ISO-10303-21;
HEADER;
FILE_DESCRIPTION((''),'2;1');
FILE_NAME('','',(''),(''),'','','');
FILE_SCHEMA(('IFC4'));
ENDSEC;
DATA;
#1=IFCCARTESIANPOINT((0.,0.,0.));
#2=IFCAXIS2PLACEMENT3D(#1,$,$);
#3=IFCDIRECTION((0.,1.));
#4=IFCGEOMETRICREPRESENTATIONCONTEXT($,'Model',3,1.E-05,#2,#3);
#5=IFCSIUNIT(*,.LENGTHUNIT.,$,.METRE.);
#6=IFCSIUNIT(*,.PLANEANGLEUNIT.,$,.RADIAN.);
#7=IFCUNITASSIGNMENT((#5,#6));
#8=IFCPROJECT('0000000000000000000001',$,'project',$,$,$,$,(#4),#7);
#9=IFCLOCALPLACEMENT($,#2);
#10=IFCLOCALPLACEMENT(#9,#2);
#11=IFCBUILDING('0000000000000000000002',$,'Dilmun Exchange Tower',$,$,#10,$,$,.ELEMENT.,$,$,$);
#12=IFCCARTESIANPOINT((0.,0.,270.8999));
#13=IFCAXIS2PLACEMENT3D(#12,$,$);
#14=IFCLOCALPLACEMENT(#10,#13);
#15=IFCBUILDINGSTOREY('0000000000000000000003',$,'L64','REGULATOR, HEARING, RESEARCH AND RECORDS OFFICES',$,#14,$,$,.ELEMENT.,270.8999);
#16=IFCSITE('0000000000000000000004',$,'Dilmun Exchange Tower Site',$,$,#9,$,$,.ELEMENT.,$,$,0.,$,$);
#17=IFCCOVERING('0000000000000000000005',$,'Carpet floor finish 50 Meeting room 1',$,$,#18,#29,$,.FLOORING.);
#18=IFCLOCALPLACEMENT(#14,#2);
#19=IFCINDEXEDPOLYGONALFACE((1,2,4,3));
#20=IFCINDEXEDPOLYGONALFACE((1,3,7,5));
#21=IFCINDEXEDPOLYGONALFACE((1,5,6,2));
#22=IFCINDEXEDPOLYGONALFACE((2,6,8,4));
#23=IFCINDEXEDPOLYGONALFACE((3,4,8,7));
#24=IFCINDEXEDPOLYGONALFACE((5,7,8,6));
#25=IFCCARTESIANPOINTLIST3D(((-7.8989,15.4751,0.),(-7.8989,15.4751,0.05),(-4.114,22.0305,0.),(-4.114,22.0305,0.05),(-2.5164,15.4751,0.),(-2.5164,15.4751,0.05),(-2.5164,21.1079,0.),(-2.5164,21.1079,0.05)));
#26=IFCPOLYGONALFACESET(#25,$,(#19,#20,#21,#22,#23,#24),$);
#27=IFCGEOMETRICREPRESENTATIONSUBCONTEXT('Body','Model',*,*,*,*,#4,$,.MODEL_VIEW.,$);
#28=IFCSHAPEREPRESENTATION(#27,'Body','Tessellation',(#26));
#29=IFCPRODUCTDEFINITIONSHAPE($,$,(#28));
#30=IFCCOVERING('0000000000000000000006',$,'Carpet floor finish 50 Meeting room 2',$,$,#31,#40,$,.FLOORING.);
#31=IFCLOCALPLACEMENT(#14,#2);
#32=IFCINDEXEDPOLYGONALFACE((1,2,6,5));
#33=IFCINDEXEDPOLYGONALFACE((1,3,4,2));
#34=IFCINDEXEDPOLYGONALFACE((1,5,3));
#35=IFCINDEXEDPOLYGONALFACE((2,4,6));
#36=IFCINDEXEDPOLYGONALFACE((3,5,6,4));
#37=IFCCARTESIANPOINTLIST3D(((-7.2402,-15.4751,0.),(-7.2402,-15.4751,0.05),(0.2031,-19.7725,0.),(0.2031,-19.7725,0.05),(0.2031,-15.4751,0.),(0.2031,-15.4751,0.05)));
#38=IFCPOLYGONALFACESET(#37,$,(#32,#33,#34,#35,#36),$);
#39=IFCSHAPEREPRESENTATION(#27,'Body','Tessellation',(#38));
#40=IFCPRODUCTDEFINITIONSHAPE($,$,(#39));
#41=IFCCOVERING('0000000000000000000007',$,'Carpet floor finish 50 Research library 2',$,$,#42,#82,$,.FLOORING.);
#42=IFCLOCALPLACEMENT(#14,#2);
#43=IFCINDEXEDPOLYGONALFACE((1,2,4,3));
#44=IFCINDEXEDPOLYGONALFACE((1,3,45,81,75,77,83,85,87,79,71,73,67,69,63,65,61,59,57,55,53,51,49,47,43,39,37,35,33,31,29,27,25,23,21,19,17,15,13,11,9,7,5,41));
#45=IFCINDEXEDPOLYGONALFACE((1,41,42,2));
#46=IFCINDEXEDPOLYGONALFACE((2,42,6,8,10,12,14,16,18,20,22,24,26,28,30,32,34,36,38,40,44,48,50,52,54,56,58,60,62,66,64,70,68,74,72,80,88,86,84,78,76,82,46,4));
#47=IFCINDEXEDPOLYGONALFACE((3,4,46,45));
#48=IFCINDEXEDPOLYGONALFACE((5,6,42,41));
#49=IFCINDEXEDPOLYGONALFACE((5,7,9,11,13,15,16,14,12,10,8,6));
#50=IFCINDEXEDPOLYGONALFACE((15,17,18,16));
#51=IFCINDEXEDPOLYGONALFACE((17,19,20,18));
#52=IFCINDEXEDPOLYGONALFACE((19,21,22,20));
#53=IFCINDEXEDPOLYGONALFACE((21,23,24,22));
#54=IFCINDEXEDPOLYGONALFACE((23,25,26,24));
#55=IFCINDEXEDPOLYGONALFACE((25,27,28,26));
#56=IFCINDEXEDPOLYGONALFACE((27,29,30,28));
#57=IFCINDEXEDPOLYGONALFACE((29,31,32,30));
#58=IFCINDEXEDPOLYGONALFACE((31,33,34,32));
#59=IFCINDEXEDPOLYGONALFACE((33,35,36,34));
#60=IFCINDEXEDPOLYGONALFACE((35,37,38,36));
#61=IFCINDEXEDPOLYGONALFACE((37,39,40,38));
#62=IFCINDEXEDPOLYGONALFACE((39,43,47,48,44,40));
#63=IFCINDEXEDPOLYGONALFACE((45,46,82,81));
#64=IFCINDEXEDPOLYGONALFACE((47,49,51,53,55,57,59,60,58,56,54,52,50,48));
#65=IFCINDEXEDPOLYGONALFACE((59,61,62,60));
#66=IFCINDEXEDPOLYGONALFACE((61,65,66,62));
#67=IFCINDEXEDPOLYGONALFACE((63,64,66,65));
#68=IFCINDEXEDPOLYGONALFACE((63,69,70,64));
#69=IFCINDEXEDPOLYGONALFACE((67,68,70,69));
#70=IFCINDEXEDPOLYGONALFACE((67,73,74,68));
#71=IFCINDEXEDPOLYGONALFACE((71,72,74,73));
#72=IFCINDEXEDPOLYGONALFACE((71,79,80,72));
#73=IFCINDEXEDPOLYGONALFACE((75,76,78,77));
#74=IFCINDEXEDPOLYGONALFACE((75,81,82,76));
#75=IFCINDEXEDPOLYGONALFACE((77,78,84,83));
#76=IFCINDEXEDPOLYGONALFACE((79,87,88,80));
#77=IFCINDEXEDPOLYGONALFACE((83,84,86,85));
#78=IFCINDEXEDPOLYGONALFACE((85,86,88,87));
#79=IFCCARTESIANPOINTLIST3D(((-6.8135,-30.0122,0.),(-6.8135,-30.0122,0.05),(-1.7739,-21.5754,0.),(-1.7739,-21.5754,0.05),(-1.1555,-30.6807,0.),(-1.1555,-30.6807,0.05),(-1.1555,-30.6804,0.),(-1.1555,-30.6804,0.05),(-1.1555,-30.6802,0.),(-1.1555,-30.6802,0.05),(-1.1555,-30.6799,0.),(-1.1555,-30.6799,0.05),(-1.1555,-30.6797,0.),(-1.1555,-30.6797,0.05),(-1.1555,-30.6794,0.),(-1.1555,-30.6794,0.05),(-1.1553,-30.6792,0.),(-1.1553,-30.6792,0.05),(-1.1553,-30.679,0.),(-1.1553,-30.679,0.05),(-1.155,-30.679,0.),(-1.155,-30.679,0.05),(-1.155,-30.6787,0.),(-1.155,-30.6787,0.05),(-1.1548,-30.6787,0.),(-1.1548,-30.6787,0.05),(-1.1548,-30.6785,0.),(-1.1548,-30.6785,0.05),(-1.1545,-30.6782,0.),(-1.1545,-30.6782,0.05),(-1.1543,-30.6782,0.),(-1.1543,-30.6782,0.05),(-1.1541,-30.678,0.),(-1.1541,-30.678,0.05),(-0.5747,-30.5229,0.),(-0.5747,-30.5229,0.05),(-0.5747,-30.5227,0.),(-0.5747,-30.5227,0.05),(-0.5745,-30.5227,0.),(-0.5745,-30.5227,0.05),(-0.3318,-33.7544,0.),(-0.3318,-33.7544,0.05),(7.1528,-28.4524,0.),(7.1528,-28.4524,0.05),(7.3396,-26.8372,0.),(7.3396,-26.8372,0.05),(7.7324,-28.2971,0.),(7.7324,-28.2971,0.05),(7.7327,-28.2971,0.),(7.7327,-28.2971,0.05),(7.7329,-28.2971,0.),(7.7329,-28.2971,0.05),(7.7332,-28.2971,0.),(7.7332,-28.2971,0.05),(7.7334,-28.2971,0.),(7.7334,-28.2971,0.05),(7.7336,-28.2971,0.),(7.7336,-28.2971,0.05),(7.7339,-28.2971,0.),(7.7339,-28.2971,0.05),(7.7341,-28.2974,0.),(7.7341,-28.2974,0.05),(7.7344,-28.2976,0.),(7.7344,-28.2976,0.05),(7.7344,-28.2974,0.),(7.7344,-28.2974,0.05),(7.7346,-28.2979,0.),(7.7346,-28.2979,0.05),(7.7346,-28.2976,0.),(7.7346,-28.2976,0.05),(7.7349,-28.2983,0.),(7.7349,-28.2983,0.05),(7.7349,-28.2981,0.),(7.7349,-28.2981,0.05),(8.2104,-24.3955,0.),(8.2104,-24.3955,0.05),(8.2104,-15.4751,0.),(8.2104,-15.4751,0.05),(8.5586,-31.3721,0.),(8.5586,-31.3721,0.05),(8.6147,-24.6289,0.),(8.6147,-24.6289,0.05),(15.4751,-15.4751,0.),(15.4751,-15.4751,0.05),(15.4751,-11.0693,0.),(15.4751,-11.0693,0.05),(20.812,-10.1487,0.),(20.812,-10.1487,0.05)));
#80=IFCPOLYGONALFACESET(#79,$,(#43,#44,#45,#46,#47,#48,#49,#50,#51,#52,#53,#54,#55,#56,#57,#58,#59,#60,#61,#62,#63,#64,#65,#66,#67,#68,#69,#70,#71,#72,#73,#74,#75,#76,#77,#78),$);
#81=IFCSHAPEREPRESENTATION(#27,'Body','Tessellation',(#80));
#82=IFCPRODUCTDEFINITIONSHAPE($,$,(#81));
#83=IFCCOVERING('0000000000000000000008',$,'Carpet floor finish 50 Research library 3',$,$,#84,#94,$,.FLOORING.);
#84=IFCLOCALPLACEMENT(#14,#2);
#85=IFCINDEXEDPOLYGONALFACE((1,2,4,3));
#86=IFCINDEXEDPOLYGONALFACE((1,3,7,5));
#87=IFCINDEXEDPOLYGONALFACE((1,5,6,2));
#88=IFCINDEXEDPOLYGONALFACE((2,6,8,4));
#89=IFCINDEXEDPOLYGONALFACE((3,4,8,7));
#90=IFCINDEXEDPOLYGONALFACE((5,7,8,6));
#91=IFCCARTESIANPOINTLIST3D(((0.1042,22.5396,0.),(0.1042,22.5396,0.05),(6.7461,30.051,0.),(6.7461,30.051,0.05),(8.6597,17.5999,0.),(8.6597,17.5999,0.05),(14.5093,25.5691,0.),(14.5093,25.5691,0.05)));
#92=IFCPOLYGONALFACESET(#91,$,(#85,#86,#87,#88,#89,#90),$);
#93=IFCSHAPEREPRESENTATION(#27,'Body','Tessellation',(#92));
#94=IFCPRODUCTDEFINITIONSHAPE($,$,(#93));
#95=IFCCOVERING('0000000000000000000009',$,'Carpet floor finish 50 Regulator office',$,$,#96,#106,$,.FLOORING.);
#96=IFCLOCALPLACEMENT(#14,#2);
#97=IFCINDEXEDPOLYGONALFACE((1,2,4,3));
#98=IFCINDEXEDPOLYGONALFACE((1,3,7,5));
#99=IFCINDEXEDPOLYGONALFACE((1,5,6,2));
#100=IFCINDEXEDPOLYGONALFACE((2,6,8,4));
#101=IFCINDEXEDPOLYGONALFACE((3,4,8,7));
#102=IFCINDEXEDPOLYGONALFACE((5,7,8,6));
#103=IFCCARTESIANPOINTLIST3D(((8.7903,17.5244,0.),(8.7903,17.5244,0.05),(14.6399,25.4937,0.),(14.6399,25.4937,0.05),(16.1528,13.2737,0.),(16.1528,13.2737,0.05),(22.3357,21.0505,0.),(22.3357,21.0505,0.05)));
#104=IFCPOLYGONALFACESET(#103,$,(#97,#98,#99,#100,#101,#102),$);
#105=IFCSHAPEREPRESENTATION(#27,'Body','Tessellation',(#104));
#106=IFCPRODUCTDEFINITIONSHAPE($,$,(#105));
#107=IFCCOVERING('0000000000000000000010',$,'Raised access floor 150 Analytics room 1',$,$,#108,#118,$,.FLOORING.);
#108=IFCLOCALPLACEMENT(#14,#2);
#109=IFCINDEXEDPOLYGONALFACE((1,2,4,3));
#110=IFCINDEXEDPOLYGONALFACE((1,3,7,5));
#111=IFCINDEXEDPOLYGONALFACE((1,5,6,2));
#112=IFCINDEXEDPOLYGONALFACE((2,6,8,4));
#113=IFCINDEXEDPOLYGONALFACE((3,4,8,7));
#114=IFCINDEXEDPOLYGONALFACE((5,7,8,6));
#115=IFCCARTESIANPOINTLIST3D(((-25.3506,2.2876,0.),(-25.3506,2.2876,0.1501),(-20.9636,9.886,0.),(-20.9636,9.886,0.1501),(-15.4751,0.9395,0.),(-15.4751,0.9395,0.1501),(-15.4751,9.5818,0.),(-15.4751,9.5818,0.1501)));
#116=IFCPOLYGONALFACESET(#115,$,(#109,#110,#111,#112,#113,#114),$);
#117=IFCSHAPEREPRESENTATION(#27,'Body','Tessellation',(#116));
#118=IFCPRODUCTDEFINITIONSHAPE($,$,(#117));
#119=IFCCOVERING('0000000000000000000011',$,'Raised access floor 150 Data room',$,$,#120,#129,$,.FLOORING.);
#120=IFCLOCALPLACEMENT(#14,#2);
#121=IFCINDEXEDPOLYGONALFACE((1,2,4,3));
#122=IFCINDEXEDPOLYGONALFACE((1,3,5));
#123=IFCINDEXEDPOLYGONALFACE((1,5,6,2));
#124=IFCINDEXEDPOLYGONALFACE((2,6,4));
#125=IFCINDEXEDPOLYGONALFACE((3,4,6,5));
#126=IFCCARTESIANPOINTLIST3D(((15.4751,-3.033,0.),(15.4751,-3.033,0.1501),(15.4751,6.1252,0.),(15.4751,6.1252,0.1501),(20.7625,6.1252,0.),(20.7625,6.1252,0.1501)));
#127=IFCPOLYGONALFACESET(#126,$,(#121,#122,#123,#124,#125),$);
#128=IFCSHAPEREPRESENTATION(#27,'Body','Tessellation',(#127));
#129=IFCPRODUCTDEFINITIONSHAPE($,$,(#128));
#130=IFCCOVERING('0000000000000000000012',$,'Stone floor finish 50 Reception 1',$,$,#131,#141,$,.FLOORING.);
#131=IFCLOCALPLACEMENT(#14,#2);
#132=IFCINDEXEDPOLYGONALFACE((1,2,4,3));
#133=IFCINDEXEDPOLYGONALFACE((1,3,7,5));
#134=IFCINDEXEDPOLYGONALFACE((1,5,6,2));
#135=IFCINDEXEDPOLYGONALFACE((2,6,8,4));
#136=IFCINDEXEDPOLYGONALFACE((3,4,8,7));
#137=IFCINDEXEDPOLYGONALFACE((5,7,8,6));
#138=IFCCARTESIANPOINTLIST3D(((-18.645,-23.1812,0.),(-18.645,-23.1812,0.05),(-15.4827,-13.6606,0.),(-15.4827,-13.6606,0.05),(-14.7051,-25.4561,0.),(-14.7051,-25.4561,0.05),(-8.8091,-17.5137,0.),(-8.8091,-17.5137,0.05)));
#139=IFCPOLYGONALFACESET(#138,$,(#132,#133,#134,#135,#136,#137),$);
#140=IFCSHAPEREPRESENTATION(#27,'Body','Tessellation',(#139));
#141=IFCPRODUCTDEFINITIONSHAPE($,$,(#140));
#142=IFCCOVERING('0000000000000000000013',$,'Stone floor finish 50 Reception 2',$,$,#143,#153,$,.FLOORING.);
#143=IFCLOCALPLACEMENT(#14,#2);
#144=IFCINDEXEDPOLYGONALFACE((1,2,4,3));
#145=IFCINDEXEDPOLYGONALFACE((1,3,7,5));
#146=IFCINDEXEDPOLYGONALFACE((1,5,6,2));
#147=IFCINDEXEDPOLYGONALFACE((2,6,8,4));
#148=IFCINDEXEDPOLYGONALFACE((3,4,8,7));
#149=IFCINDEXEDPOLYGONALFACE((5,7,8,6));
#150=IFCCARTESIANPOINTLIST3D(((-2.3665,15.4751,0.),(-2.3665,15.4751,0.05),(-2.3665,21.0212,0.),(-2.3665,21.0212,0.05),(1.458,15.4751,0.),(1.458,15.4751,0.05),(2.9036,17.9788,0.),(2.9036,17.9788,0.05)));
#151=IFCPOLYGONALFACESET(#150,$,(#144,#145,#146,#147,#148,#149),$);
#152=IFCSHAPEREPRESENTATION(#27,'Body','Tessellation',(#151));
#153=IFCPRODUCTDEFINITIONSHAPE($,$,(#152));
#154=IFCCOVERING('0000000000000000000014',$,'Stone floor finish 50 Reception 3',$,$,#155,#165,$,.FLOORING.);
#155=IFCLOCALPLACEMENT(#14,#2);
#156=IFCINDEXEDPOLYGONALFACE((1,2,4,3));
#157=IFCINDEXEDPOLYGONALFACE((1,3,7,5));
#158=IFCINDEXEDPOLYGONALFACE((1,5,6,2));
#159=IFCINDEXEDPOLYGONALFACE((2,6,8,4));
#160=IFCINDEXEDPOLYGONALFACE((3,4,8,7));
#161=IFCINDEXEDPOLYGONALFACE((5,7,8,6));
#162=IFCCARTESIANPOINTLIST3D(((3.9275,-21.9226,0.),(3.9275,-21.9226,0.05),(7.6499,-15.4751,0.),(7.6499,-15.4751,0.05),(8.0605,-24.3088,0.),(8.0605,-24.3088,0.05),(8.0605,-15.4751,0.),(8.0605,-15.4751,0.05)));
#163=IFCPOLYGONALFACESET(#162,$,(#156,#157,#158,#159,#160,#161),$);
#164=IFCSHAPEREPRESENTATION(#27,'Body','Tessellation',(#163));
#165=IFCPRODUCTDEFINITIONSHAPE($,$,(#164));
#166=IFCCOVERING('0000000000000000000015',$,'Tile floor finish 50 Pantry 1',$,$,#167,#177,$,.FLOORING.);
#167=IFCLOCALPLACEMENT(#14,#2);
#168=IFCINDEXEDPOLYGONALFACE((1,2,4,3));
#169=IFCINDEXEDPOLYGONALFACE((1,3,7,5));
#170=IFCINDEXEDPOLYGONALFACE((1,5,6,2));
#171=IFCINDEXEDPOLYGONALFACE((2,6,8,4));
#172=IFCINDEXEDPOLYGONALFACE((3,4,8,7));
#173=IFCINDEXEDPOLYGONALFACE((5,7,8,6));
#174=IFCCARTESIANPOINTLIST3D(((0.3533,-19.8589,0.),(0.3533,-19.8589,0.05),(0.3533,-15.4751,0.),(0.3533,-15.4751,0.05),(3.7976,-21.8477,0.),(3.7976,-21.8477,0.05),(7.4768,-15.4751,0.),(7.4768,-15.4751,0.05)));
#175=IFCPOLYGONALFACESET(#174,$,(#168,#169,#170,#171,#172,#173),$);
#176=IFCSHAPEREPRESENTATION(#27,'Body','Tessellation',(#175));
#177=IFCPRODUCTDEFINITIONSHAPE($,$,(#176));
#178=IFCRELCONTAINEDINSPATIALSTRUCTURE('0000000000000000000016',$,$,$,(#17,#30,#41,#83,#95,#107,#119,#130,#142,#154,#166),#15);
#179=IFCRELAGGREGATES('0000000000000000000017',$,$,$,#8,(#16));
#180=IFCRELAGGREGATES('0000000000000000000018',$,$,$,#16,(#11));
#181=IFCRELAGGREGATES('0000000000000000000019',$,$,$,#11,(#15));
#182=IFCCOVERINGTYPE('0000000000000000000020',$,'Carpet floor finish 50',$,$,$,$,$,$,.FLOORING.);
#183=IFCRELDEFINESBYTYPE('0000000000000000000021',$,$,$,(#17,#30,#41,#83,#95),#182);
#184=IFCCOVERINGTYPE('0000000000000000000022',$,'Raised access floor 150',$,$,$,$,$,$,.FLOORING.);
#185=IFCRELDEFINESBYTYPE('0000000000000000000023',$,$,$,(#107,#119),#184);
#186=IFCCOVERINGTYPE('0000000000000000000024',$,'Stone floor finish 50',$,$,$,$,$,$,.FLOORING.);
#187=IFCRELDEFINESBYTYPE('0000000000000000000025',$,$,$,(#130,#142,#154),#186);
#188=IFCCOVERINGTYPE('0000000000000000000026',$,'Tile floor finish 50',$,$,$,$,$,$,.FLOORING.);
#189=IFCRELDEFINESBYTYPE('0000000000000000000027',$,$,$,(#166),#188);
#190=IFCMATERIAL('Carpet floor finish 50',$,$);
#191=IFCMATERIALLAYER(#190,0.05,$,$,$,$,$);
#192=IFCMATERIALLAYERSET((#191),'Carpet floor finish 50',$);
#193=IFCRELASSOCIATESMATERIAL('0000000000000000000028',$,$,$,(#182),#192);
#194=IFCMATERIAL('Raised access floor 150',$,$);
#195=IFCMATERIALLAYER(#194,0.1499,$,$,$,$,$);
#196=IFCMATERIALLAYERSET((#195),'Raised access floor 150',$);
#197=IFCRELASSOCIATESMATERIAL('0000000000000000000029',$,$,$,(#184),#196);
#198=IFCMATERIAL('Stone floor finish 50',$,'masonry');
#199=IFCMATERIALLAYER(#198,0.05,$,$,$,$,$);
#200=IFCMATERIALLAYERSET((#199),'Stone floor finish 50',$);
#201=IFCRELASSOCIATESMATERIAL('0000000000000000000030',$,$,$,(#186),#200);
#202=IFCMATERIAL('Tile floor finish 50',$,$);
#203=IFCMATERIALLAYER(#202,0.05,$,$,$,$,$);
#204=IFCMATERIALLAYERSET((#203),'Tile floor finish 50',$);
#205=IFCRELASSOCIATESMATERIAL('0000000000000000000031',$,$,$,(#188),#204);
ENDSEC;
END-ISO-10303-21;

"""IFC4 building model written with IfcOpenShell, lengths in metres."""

from ifc_helpers import new_model, si_unit, direction, frame, origin, place, context, subcontext, project, spatial, polyline, outline, extrude, material, layer, layer_set, type_object, element, save


model = new_model("IFC4")

# Units and contexts
model_context = context("Model", 3, precision=1e-05, world=origin(), true_north=direction((0.0, 1.0)))
body_context = subcontext(model_context, "Body", "Model", "MODEL_VIEW")
ifc_project = project(units=[si_unit("LENGTHUNIT", "METRE"), si_unit("PLANEANGLEUNIT", "RADIAN")], contexts=[model_context])

# Site, building, storey
site_placement = place(None, origin())
site = spatial("IfcSite", under=ifc_project, at=site_placement, Name="Dilmun Exchange Tower Site", CompositionType="ELEMENT", RefElevation=0.0)
building_placement = place(site_placement, origin())
building = spatial("IfcBuilding", under=site, at=building_placement, Name="Dilmun Exchange Tower", CompositionType="ELEMENT")
storey_placement = place(building_placement, frame((0.0, 0.0, 270.8999)))
storey = spatial("IfcBuildingStorey", under=building, at=storey_placement, Name="L64", Description="REGULATOR, HEARING, RESEARCH AND RECORDS OFFICES", CompositionType="ELEMENT", Elevation=270.8999)

# Coverings
ifc_material_1 = material(Name="Carpet floor finish 50")
ifc_layer_1 = layer(ifc_material_1, 0.05)
ifc_layer_set_1 = layer_set([ifc_layer_1], Name="Carpet floor finish 50")
covering_type_1 = type_object("IfcCoveringType", Name="Carpet floor finish 50", PredefinedType="FLOORING", material=ifc_layer_set_1)
covering_1_placement = place(storey_placement, origin())
element("IfcCovering", 1, at=covering_1_placement, inside=storey, type_object=covering_type_1, Name="Carpet floor finish 50 Meeting room 1", PredefinedType="FLOORING", context=body_context, shape_type="SweptSolid", body=[
    extrude(outline(polyline([(-4.114, 22.0305), (-2.5164, 21.1079), (-2.5164, 15.4751), (-7.8989, 15.4751), (-4.114, 22.0305)])), origin(), (0.0, 0.0, 1.0), 0.05),
])
covering_2_placement = place(storey_placement, origin())
element("IfcCovering", 2, at=covering_2_placement, inside=storey, type_object=covering_type_1, Name="Carpet floor finish 50 Meeting room 2", PredefinedType="FLOORING", context=body_context, shape_type="SweptSolid", body=[
    extrude(outline(polyline([(0.2031, -15.4751), (0.2031, -19.7725), (-7.2402, -15.4751), (0.2031, -15.4751)])), origin(), (0.0, 0.0, 1.0), 0.05),
])
covering_3_placement = place(storey_placement, origin())
element("IfcCovering", 3, at=covering_3_placement, inside=storey, type_object=covering_type_1, Name="Carpet floor finish 50 Research library 2", PredefinedType="FLOORING", context=body_context, shape_type="SweptSolid", body=[
    extrude(outline(polyline([(-1.7739, -21.5754), (7.3396, -26.8372), (8.6147, -24.6289), (8.2104, -24.3955), (8.2104, -15.4751), (15.4751, -15.4751), (15.4751, -11.0693), (20.812, -10.1487), (8.5586, -31.3721), (7.7349, -28.2983), (7.7349, -28.2981), (7.7349, -28.2981), (7.7346, -28.2979), (7.7346, -28.2976), (7.7344, -28.2976), (7.7344, -28.2974), (7.7341, -28.2974), (7.7339, -28.2971), (7.7339, -28.2971), (7.7336, -28.2971), (7.7334, -28.2971), (7.7332, -28.2971), (7.7329, -28.2971), (7.7329, -28.2971), (7.7327, -28.2971), (7.7324, -28.2971), (7.1528, -28.4524), (-0.5745, -30.5227), (-0.5747, -30.5227), (-0.5747, -30.5229), (-0.5747, -30.5229), (-1.1541, -30.678), (-1.1543, -30.6782), (-1.1543, -30.6782), (-1.1545, -30.6782), (-1.1548, -30.6785), (-1.1548, -30.6787), (-1.155, -30.6787), (-1.155, -30.679), (-1.1553, -30.679), (-1.1553, -30.6792), (-1.1555, -30.6794), (-1.1555, -30.6797), (-1.1555, -30.6797), (-1.1555, -30.6799), (-1.1555, -30.6802), (-1.1555, -30.6804), (-1.1555, -30.6807), (-0.3318, -33.7544), (-6.8135, -30.0122), (-1.7739, -21.5754)])), origin(), (0.0, 0.0, 1.0), 0.05),
])
covering_4_placement = place(storey_placement, origin())
element("IfcCovering", 4, at=covering_4_placement, inside=storey, type_object=covering_type_1, Name="Carpet floor finish 50 Research library 3", PredefinedType="FLOORING", context=body_context, shape_type="SweptSolid", body=[
    extrude(outline(polyline([(0.1042, 22.5396), (6.7461, 30.051), (14.5093, 25.5691), (8.6597, 17.5999), (0.1042, 22.5396)])), origin(), (0.0, 0.0, 1.0), 0.05),
])
covering_5_placement = place(storey_placement, origin())
element("IfcCovering", 5, at=covering_5_placement, inside=storey, type_object=covering_type_1, Name="Carpet floor finish 50 Regulator office", PredefinedType="FLOORING", context=body_context, shape_type="SweptSolid", body=[
    extrude(outline(polyline([(16.1528, 13.2737), (8.7903, 17.5244), (14.6399, 25.4937), (22.3357, 21.0505), (16.1528, 13.2737)])), origin(), (0.0, 0.0, 1.0), 0.05),
])
ifc_material_2 = material(Name="Raised access floor 150")
ifc_layer_2 = layer(ifc_material_2, 0.1499)
ifc_layer_set_2 = layer_set([ifc_layer_2], Name="Raised access floor 150")
covering_type_2 = type_object("IfcCoveringType", Name="Raised access floor 150", PredefinedType="FLOORING", material=ifc_layer_set_2)
covering_6_placement = place(storey_placement, origin())
element("IfcCovering", 6, at=covering_6_placement, inside=storey, type_object=covering_type_2, Name="Raised access floor 150 Analytics room 1", PredefinedType="FLOORING", context=body_context, shape_type="SweptSolid", body=[
    extrude(outline(polyline([(-15.4751, 9.5818), (-15.4751, 0.9395), (-25.3506, 2.2876), (-20.9636, 9.886), (-15.4751, 9.5818)])), origin(), (0.0, 0.0, 1.0), 0.1501),
])
covering_7_placement = place(storey_placement, origin())
element("IfcCovering", 7, at=covering_7_placement, inside=storey, type_object=covering_type_2, Name="Raised access floor 150 Data room", PredefinedType="FLOORING", context=body_context, shape_type="SweptSolid", body=[
    extrude(outline(polyline([(20.7625, 6.1252), (15.4751, -3.033), (15.4751, 6.1252), (20.7625, 6.1252)])), origin(), (0.0, 0.0, 1.0), 0.1501),
])
ifc_material_3 = material(Name="Stone floor finish 50", Category="masonry")
ifc_layer_3 = layer(ifc_material_3, 0.05)
ifc_layer_set_3 = layer_set([ifc_layer_3], Name="Stone floor finish 50")
covering_type_3 = type_object("IfcCoveringType", Name="Stone floor finish 50", PredefinedType="FLOORING", material=ifc_layer_set_3)
covering_8_placement = place(storey_placement, origin())
element("IfcCovering", 8, at=covering_8_placement, inside=storey, type_object=covering_type_3, Name="Stone floor finish 50 Reception 1", PredefinedType="FLOORING", context=body_context, shape_type="SweptSolid", body=[
    extrude(outline(polyline([(-15.4827, -13.6606), (-8.8091, -17.5137), (-14.7051, -25.4561), (-18.645, -23.1812), (-15.4827, -13.6606)])), origin(), (0.0, 0.0, 1.0), 0.05),
])
covering_9_placement = place(storey_placement, origin())
element("IfcCovering", 9, at=covering_9_placement, inside=storey, type_object=covering_type_3, Name="Stone floor finish 50 Reception 2", PredefinedType="FLOORING", context=body_context, shape_type="SweptSolid", body=[
    extrude(outline(polyline([(-2.3665, 21.0212), (2.9036, 17.9788), (1.458, 15.4751), (-2.3665, 15.4751), (-2.3665, 21.0212)])), origin(), (0.0, 0.0, 1.0), 0.05),
])
covering_10_placement = place(storey_placement, origin())
element("IfcCovering", 10, at=covering_10_placement, inside=storey, type_object=covering_type_3, Name="Stone floor finish 50 Reception 3", PredefinedType="FLOORING", context=body_context, shape_type="SweptSolid", body=[
    extrude(outline(polyline([(8.0605, -15.4751), (8.0605, -24.3088), (3.9275, -21.9226), (7.6499, -15.4751), (8.0605, -15.4751)])), origin(), (0.0, 0.0, 1.0), 0.05),
])
ifc_material_4 = material(Name="Tile floor finish 50")
ifc_layer_4 = layer(ifc_material_4, 0.05)
ifc_layer_set_4 = layer_set([ifc_layer_4], Name="Tile floor finish 50")
covering_type_4 = type_object("IfcCoveringType", Name="Tile floor finish 50", PredefinedType="FLOORING", material=ifc_layer_set_4)
covering_11_placement = place(storey_placement, origin())
element("IfcCovering", 11, at=covering_11_placement, inside=storey, type_object=covering_type_4, Name="Tile floor finish 50 Pantry 1", PredefinedType="FLOORING", context=body_context, shape_type="SweptSolid", body=[
    extrude(outline(polyline([(0.3533, -15.4751), (7.4768, -15.4751), (3.7976, -21.8477), (0.3533, -19.8589), (0.3533, -15.4751)])), origin(), (0.0, 0.0, 1.0), 0.05),
])

save(model, "model.ifc")
